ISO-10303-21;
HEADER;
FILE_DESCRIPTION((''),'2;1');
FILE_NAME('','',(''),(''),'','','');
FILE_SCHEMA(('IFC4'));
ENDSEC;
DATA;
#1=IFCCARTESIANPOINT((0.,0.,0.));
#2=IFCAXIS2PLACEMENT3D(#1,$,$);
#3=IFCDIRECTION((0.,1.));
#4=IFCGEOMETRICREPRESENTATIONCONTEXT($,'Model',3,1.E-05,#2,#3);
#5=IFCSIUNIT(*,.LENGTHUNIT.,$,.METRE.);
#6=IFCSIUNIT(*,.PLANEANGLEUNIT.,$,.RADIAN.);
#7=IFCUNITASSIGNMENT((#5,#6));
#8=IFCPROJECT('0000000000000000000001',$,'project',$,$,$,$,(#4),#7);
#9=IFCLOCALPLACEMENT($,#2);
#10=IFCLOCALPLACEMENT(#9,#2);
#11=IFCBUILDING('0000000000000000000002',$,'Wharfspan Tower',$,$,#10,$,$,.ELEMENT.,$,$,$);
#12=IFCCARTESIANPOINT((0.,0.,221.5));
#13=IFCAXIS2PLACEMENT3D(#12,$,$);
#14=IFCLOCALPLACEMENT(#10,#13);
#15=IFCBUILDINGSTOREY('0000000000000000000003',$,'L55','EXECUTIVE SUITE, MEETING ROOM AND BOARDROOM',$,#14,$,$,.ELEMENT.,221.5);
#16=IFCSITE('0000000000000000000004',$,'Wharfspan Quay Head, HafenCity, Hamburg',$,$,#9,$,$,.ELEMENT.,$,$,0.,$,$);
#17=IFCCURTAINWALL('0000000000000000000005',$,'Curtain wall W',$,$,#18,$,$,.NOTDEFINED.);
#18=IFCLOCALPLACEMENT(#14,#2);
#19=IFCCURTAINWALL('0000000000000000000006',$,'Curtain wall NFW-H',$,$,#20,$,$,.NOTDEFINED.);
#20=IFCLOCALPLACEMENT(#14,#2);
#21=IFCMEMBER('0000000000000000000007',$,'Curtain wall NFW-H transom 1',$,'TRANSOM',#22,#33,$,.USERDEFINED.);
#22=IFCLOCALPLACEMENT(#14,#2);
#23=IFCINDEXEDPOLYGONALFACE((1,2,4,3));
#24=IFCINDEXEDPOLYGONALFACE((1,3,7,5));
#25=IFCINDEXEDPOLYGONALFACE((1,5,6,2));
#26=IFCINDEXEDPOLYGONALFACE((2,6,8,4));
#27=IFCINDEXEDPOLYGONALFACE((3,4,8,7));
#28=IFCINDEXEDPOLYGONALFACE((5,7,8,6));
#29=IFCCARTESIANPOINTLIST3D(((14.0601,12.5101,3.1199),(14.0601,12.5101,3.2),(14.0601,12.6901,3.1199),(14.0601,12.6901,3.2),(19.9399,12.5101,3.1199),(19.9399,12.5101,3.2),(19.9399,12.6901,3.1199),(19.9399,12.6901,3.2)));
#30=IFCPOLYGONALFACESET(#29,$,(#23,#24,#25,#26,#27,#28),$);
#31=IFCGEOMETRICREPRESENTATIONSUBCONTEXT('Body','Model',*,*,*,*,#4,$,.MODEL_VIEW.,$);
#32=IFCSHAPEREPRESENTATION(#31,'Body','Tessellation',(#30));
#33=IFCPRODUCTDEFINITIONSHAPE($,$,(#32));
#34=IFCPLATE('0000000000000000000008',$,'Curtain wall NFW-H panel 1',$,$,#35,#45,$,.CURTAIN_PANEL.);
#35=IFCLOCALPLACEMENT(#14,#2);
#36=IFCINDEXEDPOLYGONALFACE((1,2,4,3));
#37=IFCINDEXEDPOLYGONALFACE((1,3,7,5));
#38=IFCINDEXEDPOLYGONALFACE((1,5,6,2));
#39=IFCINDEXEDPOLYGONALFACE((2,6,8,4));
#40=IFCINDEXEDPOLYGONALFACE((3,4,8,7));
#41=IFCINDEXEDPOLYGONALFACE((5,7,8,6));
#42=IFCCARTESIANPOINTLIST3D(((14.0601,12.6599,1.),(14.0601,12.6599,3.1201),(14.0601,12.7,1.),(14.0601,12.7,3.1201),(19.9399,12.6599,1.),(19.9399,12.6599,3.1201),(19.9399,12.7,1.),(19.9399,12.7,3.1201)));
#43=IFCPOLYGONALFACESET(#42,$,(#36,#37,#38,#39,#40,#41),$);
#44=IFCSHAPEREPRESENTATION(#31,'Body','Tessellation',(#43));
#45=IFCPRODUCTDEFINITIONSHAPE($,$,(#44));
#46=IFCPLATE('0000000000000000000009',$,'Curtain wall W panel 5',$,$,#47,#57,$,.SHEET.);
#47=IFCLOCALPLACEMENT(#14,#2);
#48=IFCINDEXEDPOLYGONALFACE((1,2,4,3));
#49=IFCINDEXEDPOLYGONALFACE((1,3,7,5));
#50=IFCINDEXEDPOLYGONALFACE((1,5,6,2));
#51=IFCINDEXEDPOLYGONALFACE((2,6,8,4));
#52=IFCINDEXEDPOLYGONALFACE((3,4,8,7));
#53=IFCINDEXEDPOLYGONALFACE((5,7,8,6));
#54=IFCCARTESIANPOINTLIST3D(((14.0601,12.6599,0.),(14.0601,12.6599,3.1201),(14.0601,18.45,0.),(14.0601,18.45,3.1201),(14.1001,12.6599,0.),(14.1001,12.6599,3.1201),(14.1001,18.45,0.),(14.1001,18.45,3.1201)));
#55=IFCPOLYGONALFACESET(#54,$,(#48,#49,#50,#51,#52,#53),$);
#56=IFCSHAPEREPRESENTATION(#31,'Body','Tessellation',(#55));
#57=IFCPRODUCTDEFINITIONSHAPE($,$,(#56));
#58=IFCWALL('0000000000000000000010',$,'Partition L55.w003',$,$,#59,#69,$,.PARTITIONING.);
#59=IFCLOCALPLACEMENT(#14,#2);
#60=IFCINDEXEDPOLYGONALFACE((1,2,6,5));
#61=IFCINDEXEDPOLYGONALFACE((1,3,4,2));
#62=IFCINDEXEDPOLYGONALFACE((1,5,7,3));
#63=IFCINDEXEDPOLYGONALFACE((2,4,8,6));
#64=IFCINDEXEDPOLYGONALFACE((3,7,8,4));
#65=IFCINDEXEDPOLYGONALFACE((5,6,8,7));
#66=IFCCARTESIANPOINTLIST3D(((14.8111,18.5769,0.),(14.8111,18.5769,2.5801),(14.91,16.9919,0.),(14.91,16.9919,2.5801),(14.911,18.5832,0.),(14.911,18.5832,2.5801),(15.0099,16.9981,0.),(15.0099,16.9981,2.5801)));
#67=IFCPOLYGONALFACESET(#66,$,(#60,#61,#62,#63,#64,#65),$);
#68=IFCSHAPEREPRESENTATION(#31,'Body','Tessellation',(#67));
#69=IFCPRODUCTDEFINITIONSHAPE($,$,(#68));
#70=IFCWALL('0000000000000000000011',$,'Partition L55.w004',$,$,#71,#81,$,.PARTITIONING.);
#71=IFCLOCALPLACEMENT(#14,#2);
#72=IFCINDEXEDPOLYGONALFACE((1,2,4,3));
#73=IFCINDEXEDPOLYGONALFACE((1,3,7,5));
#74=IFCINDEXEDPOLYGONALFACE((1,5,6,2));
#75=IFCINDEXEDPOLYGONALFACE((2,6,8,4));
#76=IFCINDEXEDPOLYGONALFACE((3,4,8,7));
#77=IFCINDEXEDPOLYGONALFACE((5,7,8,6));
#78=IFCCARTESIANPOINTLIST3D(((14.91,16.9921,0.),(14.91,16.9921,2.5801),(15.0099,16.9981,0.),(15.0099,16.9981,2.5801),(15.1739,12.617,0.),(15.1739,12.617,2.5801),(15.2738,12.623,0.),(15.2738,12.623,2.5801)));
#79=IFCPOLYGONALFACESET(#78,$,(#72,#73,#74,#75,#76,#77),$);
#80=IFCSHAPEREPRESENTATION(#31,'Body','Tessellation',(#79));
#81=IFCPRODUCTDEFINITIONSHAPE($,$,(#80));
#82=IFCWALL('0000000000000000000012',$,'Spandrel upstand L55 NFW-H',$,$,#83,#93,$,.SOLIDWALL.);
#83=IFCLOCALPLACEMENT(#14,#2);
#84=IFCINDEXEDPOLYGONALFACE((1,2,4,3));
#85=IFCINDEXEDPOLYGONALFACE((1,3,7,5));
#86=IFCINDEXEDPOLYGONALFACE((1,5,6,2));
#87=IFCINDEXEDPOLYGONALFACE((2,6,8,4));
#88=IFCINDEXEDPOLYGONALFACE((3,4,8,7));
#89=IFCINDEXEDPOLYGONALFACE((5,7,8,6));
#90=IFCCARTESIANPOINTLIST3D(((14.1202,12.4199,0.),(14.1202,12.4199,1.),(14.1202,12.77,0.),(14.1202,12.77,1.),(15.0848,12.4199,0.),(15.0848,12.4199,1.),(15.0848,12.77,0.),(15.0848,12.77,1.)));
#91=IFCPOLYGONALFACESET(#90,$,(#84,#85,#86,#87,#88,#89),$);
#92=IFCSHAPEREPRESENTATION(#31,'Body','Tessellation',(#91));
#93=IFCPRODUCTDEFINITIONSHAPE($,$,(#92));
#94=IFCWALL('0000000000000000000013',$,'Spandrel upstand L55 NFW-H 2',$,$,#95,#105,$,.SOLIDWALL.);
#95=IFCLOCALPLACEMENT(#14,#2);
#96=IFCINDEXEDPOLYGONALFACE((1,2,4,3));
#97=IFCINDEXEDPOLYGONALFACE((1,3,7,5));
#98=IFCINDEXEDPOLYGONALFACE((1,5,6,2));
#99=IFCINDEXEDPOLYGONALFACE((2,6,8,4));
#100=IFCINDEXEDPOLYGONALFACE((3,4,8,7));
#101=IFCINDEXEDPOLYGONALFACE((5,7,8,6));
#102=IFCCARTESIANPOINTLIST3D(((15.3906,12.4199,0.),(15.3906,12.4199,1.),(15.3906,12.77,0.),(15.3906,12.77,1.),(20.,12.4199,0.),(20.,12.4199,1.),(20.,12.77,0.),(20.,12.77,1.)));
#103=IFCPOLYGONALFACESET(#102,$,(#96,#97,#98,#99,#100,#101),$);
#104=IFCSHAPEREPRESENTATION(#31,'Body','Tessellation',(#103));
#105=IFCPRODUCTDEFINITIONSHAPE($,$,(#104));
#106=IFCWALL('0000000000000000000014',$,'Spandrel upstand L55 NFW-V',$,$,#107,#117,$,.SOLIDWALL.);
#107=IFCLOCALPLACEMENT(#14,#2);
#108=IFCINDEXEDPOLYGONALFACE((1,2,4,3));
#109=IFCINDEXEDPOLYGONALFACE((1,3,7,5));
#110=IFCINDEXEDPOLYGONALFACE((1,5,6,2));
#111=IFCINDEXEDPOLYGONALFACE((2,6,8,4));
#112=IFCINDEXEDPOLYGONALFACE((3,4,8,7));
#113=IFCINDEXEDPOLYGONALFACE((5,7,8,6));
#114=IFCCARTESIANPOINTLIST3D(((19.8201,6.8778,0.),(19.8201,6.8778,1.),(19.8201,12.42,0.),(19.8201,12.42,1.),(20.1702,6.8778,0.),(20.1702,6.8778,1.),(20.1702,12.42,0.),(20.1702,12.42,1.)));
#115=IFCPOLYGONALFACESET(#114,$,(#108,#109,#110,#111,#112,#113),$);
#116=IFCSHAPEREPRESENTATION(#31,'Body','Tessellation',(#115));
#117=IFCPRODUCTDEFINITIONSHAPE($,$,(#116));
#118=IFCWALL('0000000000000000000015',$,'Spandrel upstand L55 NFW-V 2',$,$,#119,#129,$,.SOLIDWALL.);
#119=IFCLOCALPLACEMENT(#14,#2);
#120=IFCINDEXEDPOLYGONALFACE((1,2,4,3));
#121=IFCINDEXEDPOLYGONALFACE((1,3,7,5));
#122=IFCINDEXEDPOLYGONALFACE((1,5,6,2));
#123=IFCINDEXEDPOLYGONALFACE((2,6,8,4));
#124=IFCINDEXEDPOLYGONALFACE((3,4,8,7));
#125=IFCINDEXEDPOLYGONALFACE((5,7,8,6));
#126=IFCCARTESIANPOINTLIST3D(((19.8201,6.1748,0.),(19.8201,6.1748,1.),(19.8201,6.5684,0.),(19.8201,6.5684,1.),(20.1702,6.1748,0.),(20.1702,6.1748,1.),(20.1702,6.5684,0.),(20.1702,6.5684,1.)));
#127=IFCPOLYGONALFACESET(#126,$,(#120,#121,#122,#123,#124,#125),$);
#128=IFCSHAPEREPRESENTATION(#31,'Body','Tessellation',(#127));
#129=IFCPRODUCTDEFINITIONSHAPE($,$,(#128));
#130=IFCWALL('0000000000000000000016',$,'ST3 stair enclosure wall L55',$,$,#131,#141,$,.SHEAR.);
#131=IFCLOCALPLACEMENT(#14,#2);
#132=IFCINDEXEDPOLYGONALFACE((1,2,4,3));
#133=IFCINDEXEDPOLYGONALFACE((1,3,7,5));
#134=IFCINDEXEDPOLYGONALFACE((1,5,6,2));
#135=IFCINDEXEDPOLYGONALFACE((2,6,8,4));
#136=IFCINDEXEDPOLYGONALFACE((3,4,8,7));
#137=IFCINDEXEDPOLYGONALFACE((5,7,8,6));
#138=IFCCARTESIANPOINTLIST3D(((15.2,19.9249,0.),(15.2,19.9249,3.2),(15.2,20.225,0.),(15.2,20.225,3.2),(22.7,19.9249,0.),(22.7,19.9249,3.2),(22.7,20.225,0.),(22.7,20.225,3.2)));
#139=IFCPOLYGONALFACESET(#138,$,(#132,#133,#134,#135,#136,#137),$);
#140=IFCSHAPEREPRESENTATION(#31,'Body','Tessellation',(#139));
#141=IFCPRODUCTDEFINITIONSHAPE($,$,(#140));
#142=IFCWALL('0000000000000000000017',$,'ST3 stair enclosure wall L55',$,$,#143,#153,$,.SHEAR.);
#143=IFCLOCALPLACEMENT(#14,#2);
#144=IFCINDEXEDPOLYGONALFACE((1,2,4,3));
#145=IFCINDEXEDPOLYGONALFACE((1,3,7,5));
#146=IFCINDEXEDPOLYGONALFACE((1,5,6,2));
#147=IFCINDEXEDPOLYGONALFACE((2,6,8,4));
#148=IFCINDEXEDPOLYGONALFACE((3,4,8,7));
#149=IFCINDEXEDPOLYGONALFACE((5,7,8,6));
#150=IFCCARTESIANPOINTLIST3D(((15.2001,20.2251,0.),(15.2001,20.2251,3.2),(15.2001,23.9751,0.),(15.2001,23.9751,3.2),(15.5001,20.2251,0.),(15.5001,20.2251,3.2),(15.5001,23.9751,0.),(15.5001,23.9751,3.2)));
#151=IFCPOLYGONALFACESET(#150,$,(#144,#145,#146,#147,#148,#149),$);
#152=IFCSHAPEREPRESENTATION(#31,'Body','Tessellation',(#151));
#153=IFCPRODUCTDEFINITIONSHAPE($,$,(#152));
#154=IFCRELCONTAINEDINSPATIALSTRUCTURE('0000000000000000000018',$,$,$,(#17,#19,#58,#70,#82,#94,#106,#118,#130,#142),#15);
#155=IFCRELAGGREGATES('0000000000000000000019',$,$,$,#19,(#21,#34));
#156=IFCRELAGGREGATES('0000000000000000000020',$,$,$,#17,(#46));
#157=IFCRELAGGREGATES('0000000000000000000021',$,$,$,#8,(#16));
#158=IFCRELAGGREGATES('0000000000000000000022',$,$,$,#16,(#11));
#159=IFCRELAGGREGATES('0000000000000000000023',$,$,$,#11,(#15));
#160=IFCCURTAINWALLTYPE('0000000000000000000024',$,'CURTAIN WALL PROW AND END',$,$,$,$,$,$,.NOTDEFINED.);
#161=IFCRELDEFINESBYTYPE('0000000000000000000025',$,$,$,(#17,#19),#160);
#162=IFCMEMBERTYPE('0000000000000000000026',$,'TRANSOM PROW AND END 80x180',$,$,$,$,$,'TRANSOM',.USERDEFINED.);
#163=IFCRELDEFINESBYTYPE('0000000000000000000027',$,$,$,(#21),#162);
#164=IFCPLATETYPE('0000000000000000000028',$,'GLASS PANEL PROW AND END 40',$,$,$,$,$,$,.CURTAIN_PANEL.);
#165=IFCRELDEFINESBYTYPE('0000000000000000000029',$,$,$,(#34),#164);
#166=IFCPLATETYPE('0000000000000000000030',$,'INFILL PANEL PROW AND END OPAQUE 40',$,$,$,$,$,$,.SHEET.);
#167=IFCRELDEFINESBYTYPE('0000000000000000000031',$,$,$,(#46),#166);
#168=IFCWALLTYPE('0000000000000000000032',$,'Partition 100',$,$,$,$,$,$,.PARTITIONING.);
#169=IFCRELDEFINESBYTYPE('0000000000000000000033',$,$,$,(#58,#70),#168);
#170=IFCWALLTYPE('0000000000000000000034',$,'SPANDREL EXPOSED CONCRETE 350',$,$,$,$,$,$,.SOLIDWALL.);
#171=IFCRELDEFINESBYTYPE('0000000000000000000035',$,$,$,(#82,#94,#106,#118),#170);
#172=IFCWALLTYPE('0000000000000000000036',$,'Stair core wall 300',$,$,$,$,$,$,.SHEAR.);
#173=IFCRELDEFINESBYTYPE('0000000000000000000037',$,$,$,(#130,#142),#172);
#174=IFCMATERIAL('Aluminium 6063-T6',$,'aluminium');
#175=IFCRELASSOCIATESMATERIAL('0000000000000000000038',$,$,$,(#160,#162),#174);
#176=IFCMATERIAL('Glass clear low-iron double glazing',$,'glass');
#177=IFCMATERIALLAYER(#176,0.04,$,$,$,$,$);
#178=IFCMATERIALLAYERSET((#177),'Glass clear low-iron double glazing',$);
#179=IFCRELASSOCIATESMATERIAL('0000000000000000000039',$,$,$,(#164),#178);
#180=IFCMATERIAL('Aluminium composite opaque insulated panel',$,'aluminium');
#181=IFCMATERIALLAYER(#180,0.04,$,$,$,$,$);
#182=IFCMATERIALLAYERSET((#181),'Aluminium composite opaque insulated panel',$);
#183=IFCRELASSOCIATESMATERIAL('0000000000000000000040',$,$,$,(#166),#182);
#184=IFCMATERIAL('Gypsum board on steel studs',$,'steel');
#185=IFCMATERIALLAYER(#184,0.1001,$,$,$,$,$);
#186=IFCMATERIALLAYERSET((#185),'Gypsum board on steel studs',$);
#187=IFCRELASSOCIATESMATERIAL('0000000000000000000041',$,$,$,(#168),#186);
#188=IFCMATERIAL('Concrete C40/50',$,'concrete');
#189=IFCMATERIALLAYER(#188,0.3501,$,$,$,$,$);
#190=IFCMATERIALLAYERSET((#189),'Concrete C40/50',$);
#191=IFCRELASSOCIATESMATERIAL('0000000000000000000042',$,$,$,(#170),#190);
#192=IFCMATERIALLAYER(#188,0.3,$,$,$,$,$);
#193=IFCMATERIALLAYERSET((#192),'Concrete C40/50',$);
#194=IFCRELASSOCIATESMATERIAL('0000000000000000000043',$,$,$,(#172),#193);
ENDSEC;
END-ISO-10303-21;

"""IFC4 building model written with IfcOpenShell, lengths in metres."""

from ifc_helpers import new_model, si_unit, direction, frame, frame_2d, origin, origin_2d, place, context, subcontext, project, spatial, rectangle, extrude, material, layer, layer_set, material_profile, profile_set, type_object, element, aggregate, save


model = new_model("IFC4")

# Units and contexts
model_context = context("Model", 3, precision=1e-05, world=origin(), true_north=direction((0.0, 1.0)))
body_context = subcontext(model_context, "Body", "Model", "MODEL_VIEW")
ifc_project = project(units=[si_unit("LENGTHUNIT", "METRE"), si_unit("PLANEANGLEUNIT", "RADIAN")], contexts=[model_context])

# Site, building, storey
site_placement = place(None, origin())
site = spatial("IfcSite", under=ifc_project, at=site_placement, Name="Wharfspan Quay Head, HafenCity, Hamburg", CompositionType="ELEMENT", RefElevation=0.0)
building_placement = place(site_placement, origin())
building = spatial("IfcBuilding", under=site, at=building_placement, Name="Wharfspan Tower", CompositionType="ELEMENT")
storey_placement = place(building_placement, frame((0.0, 0.0, 221.5)))
storey = spatial("IfcBuildingStorey", under=building, at=storey_placement, Name="L55", Description="EXECUTIVE SUITE, MEETING ROOM AND BOARDROOM", CompositionType="ELEMENT", Elevation=221.5)

# Curtain walls
ifc_material_1 = material(Name="Aluminium 6063-T6", Category="aluminium")
curtain_wall_type = type_object("IfcCurtainWallType", Name="CURTAIN WALL PROW AND END", PredefinedType="NOTDEFINED", material=ifc_material_1)
curtain_wall_1_placement = place(storey_placement, origin())
curtain_wall_1 = element("IfcCurtainWall", 1, at=curtain_wall_1_placement, inside=storey, type_object=curtain_wall_type, Name="Curtain wall W", PredefinedType="NOTDEFINED")
curtain_wall_2_placement = place(storey_placement, origin())
curtain_wall_2 = element("IfcCurtainWall", 2, at=curtain_wall_2_placement, inside=storey, type_object=curtain_wall_type, Name="Curtain wall NFW-H", PredefinedType="NOTDEFINED")

# Member
ifc_material_profile_1 = material_profile(ifc_material_1, rectangle(XDim=0.1799, YDim=0.0801, at=origin_2d()))
ifc_profile_set_1 = profile_set([ifc_material_profile_1], Name="Aluminium 6063-T6")
member_type_1 = type_object("IfcMemberType", Name="TRANSOM PROW AND END 80x180", ElementType="TRANSOM", PredefinedType="USERDEFINED", material=ifc_profile_set_1)
member_1_placement = place(storey_placement, frame((14.0601, 12.6001, 3.1599), z_axis=(1.0, 0.0, 0.0), x_axis=(0.0, 1.0, 0.0)))
member_1 = element("IfcMember", 3, at=member_1_placement, type_object=member_type_1, Name="Curtain wall NFW-H transom 1", ObjectType="TRANSOM", PredefinedType="USERDEFINED", context=body_context, shape_type="SweptSolid", body=[
    extrude(rectangle(XDim=0.1799, YDim=0.0801, at=origin_2d()), origin(), (0.0, 0.0, 1.0), 5.8799),
])

# Plates
ifc_material_2 = material(Name="Glass clear low-iron double glazing", Category="glass")
ifc_layer_1 = layer(ifc_material_2, 0.04)
ifc_layer_set_1 = layer_set([ifc_layer_1], Name="Glass clear low-iron double glazing")
plate_type_1 = type_object("IfcPlateType", Name="GLASS PANEL PROW AND END 40", PredefinedType="CURTAIN_PANEL", material=ifc_layer_set_1)
plate_1_placement = place(storey_placement, frame((17.0, 12.6799, 1.0), z_axis=(0.0, 0.0, 1.0), x_axis=(1.0, 0.0, 0.0)))
plate_1 = element("IfcPlate", 4, at=plate_1_placement, type_object=plate_type_1, Name="Curtain wall NFW-H panel 1", PredefinedType="CURTAIN_PANEL", context=body_context, shape_type="SweptSolid", body=[
    extrude(rectangle(XDim=5.8799, YDim=0.04, at=origin_2d()), origin(), (0.0, 0.0, 1.0), 2.1201),
])
aggregate(curtain_wall_2, [member_1, plate_1])
ifc_material_3 = material(Name="Aluminium composite opaque insulated panel", Category="aluminium")
ifc_layer_2 = layer(ifc_material_3, 0.04)
ifc_layer_set_2 = layer_set([ifc_layer_2], Name="Aluminium composite opaque insulated panel")
plate_type_2 = type_object("IfcPlateType", Name="INFILL PANEL PROW AND END OPAQUE 40", PredefinedType="SHEET", material=ifc_layer_set_2)
plate_2_placement = place(storey_placement, frame((14.0801, 15.5549, 0.0), z_axis=(0.0, 0.0, 1.0), x_axis=(0.0, -1.0, 0.0)))
plate_2 = element("IfcPlate", 5, at=plate_2_placement, type_object=plate_type_2, Name="Curtain wall W panel 5", PredefinedType="SHEET", context=body_context, shape_type="SweptSolid", body=[
    extrude(rectangle(XDim=5.79, YDim=0.04, at=origin_2d()), origin(), (0.0, 0.0, 1.0), 3.1201),
])
aggregate(curtain_wall_1, [plate_2])

# Walls
ifc_material_4 = material(Name="Gypsum board on steel studs", Category="steel")
ifc_layer_3 = layer(ifc_material_4, 0.1001)
ifc_layer_set_3 = layer_set([ifc_layer_3], Name="Gypsum board on steel studs")
wall_type_1 = type_object("IfcWallType", Name="Partition 100", PredefinedType="PARTITIONING", material=ifc_layer_set_3)
wall_1_placement = place(storey_placement, frame((14.96, 16.9951, 0.0), z_axis=(0.0, 0.0, 1.0), x_axis=(-0.062263, 0.998056, 0.0)))
element("IfcWall", 6, at=wall_1_placement, inside=storey, type_object=wall_type_1, Name="Partition L55.w003", PredefinedType="PARTITIONING", context=body_context, shape_type="SweptSolid", body=[
    extrude(rectangle(XDim=1.5881, YDim=0.1001, at=frame_2d((0.7939, 0.0))), origin(), (0.0, 0.0, 1.0), 2.5801),
])
wall_2_placement = place(storey_placement, frame((15.2239, 12.6201, 0.0), z_axis=(0.0, 0.0, 1.0), x_axis=(-0.060214, 0.998182, 0.0)))
element("IfcWall", 7, at=wall_2_placement, inside=storey, type_object=wall_type_1, Name="Partition L55.w004", PredefinedType="PARTITIONING", context=body_context, shape_type="SweptSolid", body=[
    extrude(rectangle(XDim=4.3831, YDim=0.1001, at=frame_2d((2.1914, 0.0))), origin(), (0.0, 0.0, 1.0), 2.5801),
])
ifc_material_5 = material(Name="Concrete C40/50", Category="concrete")
ifc_layer_4 = layer(ifc_material_5, 0.3501)
ifc_layer_set_4 = layer_set([ifc_layer_4], Name="Concrete C40/50")
wall_type_2 = type_object("IfcWallType", Name="SPANDREL EXPOSED CONCRETE 350", PredefinedType="SOLIDWALL", material=ifc_layer_set_4)
wall_3_placement = place(storey_placement, frame((14.1201, 12.595, 0.0), z_axis=(0.0, 0.0, 1.0), x_axis=(1.0, 0.0, 0.0)))
element("IfcWall", 8, at=wall_3_placement, inside=storey, type_object=wall_type_2, Name="Spandrel upstand L55 NFW-H", PredefinedType="SOLIDWALL", context=body_context, shape_type="SweptSolid", body=[
    extrude(rectangle(XDim=0.9646, YDim=0.3501, at=frame_2d((0.4824, 0.0))), origin(), (0.0, 0.0, 1.0), 1.0),
])
wall_4_placement = place(storey_placement, frame((15.3906, 12.595, 0.0), z_axis=(0.0, 0.0, 1.0), x_axis=(1.0, 0.0, 0.0)))
element("IfcWall", 9, at=wall_4_placement, inside=storey, type_object=wall_type_2, Name="Spandrel upstand L55 NFW-H 2", PredefinedType="SOLIDWALL", context=body_context, shape_type="SweptSolid", body=[
    extrude(rectangle(XDim=4.6094, YDim=0.3501, at=frame_2d((2.3047, 0.0))), origin(), (0.0, 0.0, 1.0), 1.0),
])
wall_5_placement = place(storey_placement, frame((19.9951, 12.4199, 0.0), z_axis=(0.0, 0.0, 1.0), x_axis=(0.0, -1.0, 0.0)))
element("IfcWall", 10, at=wall_5_placement, inside=storey, type_object=wall_type_2, Name="Spandrel upstand L55 NFW-V", PredefinedType="SOLIDWALL", context=body_context, shape_type="SweptSolid", body=[
    extrude(rectangle(XDim=5.5422, YDim=0.3501, at=frame_2d((2.771, 0.0))), origin(), (0.0, 0.0, 1.0), 1.0),
])
wall_6_placement = place(storey_placement, frame((19.9951, 6.5684, 0.0), z_axis=(0.0, 0.0, 1.0), x_axis=(0.0, -1.0, 0.0)))
element("IfcWall", 11, at=wall_6_placement, inside=storey, type_object=wall_type_2, Name="Spandrel upstand L55 NFW-V 2", PredefinedType="SOLIDWALL", context=body_context, shape_type="SweptSolid", body=[
    extrude(rectangle(XDim=0.3936, YDim=0.3501, at=frame_2d((0.1968, 0.0))), origin(), (0.0, 0.0, 1.0), 1.0),
])
ifc_layer_5 = layer(ifc_material_5, 0.3)
ifc_layer_set_5 = layer_set([ifc_layer_5], Name="Concrete C40/50")
wall_type_3 = type_object("IfcWallType", Name="Stair core wall 300", PredefinedType="SHEAR", material=ifc_layer_set_5)
wall_7_placement = place(storey_placement, frame((15.2, 20.075, 0.0), z_axis=(0.0, 0.0, 1.0), x_axis=(1.0, 0.0, 0.0)))
element("IfcWall", 12, at=wall_7_placement, inside=storey, type_object=wall_type_3, Name="ST3 stair enclosure wall L55", PredefinedType="SHEAR", context=body_context, shape_type="SweptSolid", body=[
    extrude(rectangle(XDim=7.5, YDim=0.3, at=frame_2d((3.75, 0.0))), origin(), (0.0, 0.0, 1.0), 3.2),
])
wall_8_placement = place(storey_placement, frame((15.3501, 20.2251, 0.0), z_axis=(0.0, 0.0, 1.0), x_axis=(0.0, 1.0, 0.0)))
element("IfcWall", 13, at=wall_8_placement, inside=storey, type_object=wall_type_3, Name="ST3 stair enclosure wall L55", PredefinedType="SHEAR", context=body_context, shape_type="SweptSolid", body=[
    extrude(rectangle(XDim=3.75, YDim=0.3, at=frame_2d((1.875, 0.0))), origin(), (0.0, 0.0, 1.0), 3.2),
])

save(model, "model.ifc")
